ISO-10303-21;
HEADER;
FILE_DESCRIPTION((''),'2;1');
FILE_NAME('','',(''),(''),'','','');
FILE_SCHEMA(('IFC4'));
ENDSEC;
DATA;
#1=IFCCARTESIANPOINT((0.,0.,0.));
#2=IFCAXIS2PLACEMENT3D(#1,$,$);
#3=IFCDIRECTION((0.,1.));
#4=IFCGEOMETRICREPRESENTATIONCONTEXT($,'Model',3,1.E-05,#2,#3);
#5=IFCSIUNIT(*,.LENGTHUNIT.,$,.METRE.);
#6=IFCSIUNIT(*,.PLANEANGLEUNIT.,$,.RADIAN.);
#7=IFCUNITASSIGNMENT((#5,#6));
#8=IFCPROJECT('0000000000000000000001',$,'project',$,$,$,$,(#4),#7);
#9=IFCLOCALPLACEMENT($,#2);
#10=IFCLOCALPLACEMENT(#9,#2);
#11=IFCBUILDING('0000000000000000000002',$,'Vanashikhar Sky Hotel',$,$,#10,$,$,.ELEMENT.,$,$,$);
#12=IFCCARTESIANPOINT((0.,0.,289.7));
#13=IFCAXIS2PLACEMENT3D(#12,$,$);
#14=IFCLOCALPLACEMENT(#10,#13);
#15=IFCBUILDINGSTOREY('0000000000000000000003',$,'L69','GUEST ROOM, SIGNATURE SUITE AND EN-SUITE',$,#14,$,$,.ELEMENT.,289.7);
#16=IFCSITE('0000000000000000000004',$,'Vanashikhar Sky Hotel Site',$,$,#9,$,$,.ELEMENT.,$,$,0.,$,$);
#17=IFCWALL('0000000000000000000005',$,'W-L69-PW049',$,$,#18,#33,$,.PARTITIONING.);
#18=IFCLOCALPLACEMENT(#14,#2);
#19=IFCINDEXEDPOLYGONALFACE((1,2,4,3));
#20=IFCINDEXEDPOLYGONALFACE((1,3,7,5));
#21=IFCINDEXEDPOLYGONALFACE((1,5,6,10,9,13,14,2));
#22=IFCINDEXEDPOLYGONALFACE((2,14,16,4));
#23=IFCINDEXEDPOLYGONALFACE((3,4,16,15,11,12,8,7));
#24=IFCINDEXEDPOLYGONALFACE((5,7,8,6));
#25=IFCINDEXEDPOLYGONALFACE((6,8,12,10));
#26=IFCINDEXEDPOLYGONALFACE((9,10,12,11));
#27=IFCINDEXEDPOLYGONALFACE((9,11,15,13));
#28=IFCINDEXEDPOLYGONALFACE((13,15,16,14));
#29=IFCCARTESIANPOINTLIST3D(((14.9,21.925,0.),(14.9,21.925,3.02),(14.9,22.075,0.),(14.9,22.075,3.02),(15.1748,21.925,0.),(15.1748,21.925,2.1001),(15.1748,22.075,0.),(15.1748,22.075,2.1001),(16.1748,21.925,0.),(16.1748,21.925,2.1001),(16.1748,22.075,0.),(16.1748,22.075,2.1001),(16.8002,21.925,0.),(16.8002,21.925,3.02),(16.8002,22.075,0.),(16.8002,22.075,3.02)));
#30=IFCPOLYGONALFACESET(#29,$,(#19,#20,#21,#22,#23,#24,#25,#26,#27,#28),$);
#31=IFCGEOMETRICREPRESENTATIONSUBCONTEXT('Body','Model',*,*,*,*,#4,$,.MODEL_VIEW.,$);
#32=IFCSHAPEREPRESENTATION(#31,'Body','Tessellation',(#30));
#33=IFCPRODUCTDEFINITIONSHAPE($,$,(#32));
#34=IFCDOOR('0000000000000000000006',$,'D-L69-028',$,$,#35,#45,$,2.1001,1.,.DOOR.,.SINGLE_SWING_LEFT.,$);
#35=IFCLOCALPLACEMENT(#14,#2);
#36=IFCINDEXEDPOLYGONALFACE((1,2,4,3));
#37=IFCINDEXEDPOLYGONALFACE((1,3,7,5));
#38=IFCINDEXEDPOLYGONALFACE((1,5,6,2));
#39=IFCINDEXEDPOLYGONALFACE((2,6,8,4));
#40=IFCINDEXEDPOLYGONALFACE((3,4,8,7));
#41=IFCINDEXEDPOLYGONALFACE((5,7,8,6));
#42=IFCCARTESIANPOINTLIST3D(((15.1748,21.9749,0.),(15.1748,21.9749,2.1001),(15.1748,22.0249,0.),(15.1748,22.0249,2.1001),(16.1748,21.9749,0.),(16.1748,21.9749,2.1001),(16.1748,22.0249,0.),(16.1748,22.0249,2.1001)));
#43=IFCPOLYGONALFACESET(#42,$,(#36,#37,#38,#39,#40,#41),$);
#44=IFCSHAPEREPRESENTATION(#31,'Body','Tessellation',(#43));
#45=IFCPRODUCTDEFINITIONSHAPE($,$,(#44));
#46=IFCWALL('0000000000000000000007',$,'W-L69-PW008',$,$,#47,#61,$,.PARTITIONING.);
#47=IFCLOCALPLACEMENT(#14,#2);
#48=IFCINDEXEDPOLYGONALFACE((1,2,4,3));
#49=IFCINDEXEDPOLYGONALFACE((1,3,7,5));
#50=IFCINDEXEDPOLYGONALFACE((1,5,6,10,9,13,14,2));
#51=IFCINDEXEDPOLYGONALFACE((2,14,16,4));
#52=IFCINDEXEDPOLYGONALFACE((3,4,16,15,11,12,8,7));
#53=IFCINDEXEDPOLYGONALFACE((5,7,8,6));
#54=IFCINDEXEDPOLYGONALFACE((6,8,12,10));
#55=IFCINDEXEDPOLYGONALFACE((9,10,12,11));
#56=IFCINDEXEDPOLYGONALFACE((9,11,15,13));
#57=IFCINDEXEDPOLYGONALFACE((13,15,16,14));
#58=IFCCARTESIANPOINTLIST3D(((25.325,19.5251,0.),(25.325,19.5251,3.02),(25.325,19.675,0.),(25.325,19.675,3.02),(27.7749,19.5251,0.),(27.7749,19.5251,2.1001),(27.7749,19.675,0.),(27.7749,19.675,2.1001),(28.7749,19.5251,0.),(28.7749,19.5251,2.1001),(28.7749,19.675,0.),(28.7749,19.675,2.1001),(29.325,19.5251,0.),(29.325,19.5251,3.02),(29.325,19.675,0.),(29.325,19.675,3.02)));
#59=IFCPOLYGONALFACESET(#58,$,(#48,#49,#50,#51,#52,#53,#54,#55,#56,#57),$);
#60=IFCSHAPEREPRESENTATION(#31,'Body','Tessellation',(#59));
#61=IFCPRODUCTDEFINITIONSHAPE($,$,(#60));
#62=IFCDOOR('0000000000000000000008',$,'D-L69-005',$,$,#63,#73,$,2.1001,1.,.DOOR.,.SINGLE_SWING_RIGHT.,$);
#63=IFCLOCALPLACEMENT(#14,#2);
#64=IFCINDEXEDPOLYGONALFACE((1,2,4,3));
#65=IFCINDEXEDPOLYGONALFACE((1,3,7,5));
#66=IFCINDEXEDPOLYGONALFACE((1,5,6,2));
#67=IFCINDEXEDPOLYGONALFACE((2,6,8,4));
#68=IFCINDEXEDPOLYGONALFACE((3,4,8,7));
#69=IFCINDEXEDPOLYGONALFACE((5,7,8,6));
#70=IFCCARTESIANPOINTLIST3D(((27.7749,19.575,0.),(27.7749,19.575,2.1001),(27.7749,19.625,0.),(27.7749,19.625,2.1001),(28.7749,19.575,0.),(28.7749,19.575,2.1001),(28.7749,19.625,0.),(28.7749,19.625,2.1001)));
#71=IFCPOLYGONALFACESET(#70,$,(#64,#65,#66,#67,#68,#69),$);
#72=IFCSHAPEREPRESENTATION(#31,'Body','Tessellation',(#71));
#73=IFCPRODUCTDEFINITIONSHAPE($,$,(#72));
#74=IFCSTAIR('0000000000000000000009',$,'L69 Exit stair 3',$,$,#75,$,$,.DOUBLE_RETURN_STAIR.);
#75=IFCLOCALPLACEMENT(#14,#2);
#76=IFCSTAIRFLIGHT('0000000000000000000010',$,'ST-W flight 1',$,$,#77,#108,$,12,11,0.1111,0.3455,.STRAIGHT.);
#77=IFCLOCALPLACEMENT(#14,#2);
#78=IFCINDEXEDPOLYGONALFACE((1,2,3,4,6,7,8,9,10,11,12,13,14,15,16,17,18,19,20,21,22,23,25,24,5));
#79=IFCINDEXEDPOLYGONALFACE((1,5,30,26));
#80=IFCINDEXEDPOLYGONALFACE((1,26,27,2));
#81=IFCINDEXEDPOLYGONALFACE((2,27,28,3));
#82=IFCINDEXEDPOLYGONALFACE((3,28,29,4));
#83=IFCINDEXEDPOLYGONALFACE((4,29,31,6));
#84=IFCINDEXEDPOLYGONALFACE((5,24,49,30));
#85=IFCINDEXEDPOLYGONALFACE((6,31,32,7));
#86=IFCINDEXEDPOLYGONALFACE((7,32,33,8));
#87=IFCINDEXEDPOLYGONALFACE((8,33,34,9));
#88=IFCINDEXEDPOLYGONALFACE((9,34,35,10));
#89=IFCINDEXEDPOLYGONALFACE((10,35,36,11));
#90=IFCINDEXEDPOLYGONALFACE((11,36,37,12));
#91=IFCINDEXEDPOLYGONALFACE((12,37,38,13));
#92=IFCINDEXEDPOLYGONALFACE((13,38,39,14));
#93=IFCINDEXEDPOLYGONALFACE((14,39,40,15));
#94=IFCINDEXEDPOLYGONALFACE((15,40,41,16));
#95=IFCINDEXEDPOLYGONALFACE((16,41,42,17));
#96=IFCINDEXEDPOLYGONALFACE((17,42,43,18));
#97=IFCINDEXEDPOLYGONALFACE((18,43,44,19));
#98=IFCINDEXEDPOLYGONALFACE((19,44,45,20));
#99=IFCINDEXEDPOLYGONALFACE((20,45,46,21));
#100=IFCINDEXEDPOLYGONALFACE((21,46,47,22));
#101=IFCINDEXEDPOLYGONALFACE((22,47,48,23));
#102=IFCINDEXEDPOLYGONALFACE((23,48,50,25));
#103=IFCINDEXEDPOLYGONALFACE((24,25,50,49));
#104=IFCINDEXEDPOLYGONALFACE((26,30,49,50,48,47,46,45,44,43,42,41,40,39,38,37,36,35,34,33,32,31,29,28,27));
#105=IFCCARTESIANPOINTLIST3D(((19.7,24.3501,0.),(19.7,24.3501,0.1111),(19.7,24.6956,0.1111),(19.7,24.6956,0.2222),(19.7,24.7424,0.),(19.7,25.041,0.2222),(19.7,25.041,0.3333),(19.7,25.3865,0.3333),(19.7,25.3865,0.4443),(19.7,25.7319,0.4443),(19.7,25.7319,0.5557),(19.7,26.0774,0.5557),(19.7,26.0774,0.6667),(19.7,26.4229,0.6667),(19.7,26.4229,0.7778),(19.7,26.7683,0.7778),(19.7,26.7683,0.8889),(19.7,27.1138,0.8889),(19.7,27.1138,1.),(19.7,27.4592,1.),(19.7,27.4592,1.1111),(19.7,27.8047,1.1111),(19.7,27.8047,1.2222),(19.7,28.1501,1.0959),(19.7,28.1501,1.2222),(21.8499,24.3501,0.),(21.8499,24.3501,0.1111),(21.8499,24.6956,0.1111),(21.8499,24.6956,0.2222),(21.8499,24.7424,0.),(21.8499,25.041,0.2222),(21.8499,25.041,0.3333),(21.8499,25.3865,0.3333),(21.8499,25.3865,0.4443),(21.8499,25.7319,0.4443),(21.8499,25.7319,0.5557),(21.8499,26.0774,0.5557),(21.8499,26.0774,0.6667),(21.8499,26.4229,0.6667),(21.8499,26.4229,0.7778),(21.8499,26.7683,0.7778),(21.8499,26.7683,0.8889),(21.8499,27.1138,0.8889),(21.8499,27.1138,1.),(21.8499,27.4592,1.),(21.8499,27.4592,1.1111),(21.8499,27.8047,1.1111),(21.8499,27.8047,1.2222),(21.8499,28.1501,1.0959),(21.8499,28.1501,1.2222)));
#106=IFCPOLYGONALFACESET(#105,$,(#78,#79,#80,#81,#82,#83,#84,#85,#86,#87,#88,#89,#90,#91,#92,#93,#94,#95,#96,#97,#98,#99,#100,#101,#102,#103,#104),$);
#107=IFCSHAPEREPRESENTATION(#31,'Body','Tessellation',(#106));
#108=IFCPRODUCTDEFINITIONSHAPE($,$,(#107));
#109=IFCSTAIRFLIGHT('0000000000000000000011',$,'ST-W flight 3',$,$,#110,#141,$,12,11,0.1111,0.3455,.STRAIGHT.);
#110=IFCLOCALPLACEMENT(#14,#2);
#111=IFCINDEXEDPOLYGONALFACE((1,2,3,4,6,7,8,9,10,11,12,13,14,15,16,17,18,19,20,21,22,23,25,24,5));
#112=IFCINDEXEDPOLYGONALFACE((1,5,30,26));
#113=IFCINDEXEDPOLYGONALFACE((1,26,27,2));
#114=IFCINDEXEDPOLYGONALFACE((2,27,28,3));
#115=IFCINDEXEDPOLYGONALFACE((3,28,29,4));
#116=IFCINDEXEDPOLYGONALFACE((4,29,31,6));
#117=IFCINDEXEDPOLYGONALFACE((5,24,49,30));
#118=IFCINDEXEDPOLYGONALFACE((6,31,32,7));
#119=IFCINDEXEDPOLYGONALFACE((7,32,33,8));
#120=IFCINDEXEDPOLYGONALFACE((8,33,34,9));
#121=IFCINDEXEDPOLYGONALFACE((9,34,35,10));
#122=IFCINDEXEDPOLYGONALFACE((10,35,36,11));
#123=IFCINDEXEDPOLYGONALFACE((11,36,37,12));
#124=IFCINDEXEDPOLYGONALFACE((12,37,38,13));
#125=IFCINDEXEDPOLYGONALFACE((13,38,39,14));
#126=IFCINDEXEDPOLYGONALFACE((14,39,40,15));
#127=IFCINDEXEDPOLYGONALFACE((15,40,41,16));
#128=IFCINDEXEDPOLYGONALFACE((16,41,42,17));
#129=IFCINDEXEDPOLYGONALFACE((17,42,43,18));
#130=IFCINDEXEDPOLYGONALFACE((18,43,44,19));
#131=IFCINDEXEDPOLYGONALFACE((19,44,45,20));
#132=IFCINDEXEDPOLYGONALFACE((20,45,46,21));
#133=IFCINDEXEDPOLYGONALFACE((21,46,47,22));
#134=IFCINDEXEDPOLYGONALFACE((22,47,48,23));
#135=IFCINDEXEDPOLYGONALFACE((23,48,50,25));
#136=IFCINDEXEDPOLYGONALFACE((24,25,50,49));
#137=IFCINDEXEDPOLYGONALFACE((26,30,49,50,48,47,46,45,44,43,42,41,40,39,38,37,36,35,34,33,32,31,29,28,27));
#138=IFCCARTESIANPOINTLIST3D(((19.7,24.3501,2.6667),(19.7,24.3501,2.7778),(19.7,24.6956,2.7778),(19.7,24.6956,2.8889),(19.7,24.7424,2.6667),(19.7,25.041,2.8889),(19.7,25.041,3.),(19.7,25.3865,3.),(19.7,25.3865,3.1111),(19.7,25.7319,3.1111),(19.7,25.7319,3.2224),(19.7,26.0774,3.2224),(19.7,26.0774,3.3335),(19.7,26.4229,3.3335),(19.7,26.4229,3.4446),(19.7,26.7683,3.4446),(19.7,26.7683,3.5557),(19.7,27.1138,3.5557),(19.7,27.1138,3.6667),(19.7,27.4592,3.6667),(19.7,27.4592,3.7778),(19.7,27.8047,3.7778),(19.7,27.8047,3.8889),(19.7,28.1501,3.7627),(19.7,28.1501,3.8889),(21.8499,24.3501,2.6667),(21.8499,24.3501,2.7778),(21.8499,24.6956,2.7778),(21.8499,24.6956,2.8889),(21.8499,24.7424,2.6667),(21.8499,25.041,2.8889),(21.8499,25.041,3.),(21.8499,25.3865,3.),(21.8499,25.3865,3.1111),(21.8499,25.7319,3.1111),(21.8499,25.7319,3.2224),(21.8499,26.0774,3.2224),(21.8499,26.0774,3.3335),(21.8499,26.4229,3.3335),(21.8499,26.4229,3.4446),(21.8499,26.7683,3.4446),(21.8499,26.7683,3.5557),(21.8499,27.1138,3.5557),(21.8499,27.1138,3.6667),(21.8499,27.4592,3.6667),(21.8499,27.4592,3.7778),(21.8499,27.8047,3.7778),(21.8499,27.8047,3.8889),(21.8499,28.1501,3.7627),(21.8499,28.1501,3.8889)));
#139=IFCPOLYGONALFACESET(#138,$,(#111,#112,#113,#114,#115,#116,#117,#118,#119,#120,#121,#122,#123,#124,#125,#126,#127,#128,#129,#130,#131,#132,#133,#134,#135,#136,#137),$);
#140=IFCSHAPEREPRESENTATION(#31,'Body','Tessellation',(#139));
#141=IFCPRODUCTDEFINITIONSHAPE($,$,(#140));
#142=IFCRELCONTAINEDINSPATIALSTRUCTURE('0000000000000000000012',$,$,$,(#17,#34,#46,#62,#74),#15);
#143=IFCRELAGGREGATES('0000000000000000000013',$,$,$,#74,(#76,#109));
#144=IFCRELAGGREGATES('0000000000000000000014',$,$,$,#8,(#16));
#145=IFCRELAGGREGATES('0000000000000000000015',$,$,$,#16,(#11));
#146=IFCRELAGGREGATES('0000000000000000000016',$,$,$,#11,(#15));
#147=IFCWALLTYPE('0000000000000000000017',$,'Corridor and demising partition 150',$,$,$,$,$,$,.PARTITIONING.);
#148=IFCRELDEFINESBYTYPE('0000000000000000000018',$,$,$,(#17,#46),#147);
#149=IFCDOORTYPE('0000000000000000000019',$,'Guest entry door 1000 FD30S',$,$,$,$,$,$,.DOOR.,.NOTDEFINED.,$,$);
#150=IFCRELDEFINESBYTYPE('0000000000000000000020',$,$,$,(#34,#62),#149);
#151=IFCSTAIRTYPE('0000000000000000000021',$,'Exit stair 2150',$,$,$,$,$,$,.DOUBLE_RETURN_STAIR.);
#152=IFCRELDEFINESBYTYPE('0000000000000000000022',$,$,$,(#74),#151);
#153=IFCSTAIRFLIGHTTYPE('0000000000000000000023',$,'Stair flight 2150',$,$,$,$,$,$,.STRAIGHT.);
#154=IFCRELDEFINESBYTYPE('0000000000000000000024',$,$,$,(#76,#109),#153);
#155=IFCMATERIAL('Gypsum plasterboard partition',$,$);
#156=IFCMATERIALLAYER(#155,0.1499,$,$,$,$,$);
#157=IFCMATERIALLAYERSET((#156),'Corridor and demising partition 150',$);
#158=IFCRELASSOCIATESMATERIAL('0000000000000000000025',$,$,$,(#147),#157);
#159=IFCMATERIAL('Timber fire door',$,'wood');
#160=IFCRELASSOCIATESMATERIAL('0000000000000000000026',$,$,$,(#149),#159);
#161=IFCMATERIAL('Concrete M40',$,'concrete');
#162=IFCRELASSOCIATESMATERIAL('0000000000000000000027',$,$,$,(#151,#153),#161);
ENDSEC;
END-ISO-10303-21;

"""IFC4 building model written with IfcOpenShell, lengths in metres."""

from ifc_helpers import new_model, si_unit, direction, frame, frame_2d, origin, place, context, subcontext, project, spatial, polyline, rectangle, outline, extrude, source, transform, mapped, material, layer, layer_set, type_object, element, fill, aggregate, save


model = new_model("IFC4")

# Units and contexts
model_context = context("Model", 3, precision=1e-05, world=origin(), true_north=direction((0.0, 1.0)))
body_context = subcontext(model_context, "Body", "Model", "MODEL_VIEW")
ifc_project = project(units=[si_unit("LENGTHUNIT", "METRE"), si_unit("PLANEANGLEUNIT", "RADIAN")], contexts=[model_context])

# Site, building, storey
site_placement = place(None, origin())
site = spatial("IfcSite", under=ifc_project, at=site_placement, Name="Vanashikhar Sky Hotel Site", CompositionType="ELEMENT", RefElevation=0.0)
building_placement = place(site_placement, origin())
building = spatial("IfcBuilding", under=site, at=building_placement, Name="Vanashikhar Sky Hotel", CompositionType="ELEMENT")
storey_placement = place(building_placement, frame((0.0, 0.0, 289.7)))
storey = spatial("IfcBuildingStorey", under=building, at=storey_placement, Name="L69", Description="GUEST ROOM, SIGNATURE SUITE AND EN-SUITE", CompositionType="ELEMENT", Elevation=289.7)

# Walls, openings, doors
ifc_material_1 = material(Name="Gypsum plasterboard partition")
ifc_layer_1 = layer(ifc_material_1, 0.1499)
ifc_layer_set_1 = layer_set([ifc_layer_1], Name="Corridor and demising partition 150")
wall_type_1 = type_object("IfcWallType", Name="Corridor and demising partition 150", PredefinedType="PARTITIONING", material=ifc_layer_set_1)
shared_shape_1 = source(origin(), body_context, "Body", "SweptSolid", [
    extrude(rectangle(XDim=1.0, YDim=2.1001, at=frame_2d((0.5, 1.05))), frame((0.0, 0.085, 0.0), z_axis=(0.0, -1.0, 0.0), x_axis=(1.0, 0.0, 0.0)), (0.0, 0.0, 1.0), 0.1699),
])
ifc_material_2 = material(Name="Timber fire door", Category="wood")
door_type_1 = type_object("IfcDoorType", Name="Guest entry door 1000 FD30S", OperationType="NOTDEFINED", PredefinedType="DOOR", material=ifc_material_2)
shared_shape_2 = source(origin(), body_context, "Body", "SweptSolid", [
    extrude(rectangle(XDim=1.0, YDim=2.1001, at=frame_2d((0.5, 1.05))), frame((0.0, 0.0249, 0.0), z_axis=(0.0, -1.0, 0.0), x_axis=(1.0, 0.0, 0.0)), (0.0, 0.0, 1.0), 0.05),
])
shared_shape_3 = source(origin(), body_context, "Body", "SweptSolid", [
    extrude(rectangle(XDim=1.9001, YDim=0.1499, at=frame_2d((0.9502, 0.0))), origin(), (0.0, 0.0, 1.0), 3.02),
])
wall_1_placement = place(storey_placement, frame((14.8999, 22.0, 0.0), z_axis=(0.0, 0.0, 1.0), x_axis=(1.0, 0.0, 0.0)))
wall_1 = element("IfcWall", 1, at=wall_1_placement, inside=storey, type_object=wall_type_1, Name="W-L69-PW049", PredefinedType="PARTITIONING", context=body_context, shape_type="MappedRepresentation", body=[
    mapped(shared_shape_3, transform((0.0, 0.0, 0.0), scale=1.0)),
])
opening_1_placement = place(wall_1_placement, frame((0.2749, 0.0, 0.0)))
opening_1 = element("IfcOpeningElement", 2, at=opening_1_placement, cuts=wall_1, PredefinedType="OPENING", context=body_context, shape_type="MappedRepresentation", body=[
    mapped(shared_shape_1, transform((0.0, 0.0, 0.0), scale=1.0)),
])
door_1_placement = place(opening_1_placement, origin())
door_1 = element("IfcDoor", 3, at=door_1_placement, inside=storey, type_object=door_type_1, Name="D-L69-028", OperationType="SINGLE_SWING_LEFT", OverallHeight=2.1001, OverallWidth=1.0, PredefinedType="DOOR", context=body_context, shape_type="MappedRepresentation", body=[
    mapped(shared_shape_2, transform((0.0, 0.0, 0.0), scale=1.0)),
])
fill(opening_1, door_1)
shared_shape_4 = source(origin(), body_context, "Body", "SweptSolid", [
    extrude(rectangle(XDim=4.0, YDim=0.1499, at=frame_2d((2.0, 0.0))), origin(), (0.0, 0.0, 1.0), 3.02),
])
wall_2_placement = place(storey_placement, frame((25.325, 19.6001, 0.0), z_axis=(0.0, 0.0, 1.0), x_axis=(1.0, 0.0, 0.0)))
wall_2 = element("IfcWall", 4, at=wall_2_placement, inside=storey, type_object=wall_type_1, Name="W-L69-PW008", PredefinedType="PARTITIONING", context=body_context, shape_type="MappedRepresentation", body=[
    mapped(shared_shape_4, transform((0.0, 0.0, 0.0), scale=1.0)),
])
opening_2_placement = place(wall_2_placement, frame((2.45, 0.0, 0.0)))
opening_2 = element("IfcOpeningElement", 5, at=opening_2_placement, cuts=wall_2, PredefinedType="OPENING", context=body_context, shape_type="MappedRepresentation", body=[
    mapped(shared_shape_1, transform((0.0, 0.0, 0.0), scale=1.0)),
])
door_2_placement = place(opening_2_placement, origin())
door_2 = element("IfcDoor", 6, at=door_2_placement, inside=storey, type_object=door_type_1, Name="D-L69-005", OperationType="SINGLE_SWING_RIGHT", OverallHeight=2.1001, OverallWidth=1.0, PredefinedType="DOOR", context=body_context, shape_type="MappedRepresentation", body=[
    mapped(shared_shape_2, transform((0.0, 0.0, 0.0), scale=1.0)),
])
fill(opening_2, door_2)

# Stair, stair flights
ifc_material_3 = material(Name="Concrete M40", Category="concrete")
stair_type = type_object("IfcStairType", Name="Exit stair 2150", PredefinedType="DOUBLE_RETURN_STAIR", material=ifc_material_3)
stair_placement = place(storey_placement, origin())
stair = element("IfcStair", 7, at=stair_placement, inside=storey, type_object=stair_type, Name="L69 Exit stair 3", PredefinedType="DOUBLE_RETURN_STAIR")
stair_flight_type = type_object("IfcStairFlightType", Name="Stair flight 2150", PredefinedType="STRAIGHT", material=ifc_material_3)
shared_shape_5 = source(origin(), body_context, "Body", "SweptSolid", [
    extrude(outline(polyline([(0.0, 0.0), (0.0, 0.1111), (0.3455, 0.1111), (0.3455, 0.2222), (0.6909, 0.2222), (0.6909, 0.3333), (1.0364, 0.3333), (1.0364, 0.4443), (1.3818, 0.4443), (1.3818, 0.5557), (1.7273, 0.5557), (1.7273, 0.6667), (2.0728, 0.6667), (2.0728, 0.7778), (2.4182, 0.7778), (2.4182, 0.8889), (2.7637, 0.8889), (2.7637, 1.0), (3.1091, 1.0), (3.1091, 1.1111), (3.4546, 1.1111), (3.4546, 1.2222), (3.8, 1.2222), (3.8, 1.3333), (3.8, 1.0959), (0.3923, 0.0), (0.0, 0.0)])), frame((0.0, 1.075, 0.0), z_axis=(0.0, -1.0, 0.0), x_axis=(1.0, 0.0, 0.0)), (0.0, 0.0, 1.0), 2.1499),
])
stair_flight_1_placement = place(storey_placement, frame((20.7749, 24.3501, 0.0), z_axis=(0.0, 0.0, 1.0), x_axis=(0.0, 1.0, 0.0)))
stair_flight_1 = element("IfcStairFlight", 8, at=stair_flight_1_placement, type_object=stair_flight_type, Name="ST-W flight 1", NumberOfRisers=12, NumberOfTreads=11, PredefinedType="STRAIGHT", RiserHeight=0.1111, TreadLength=0.3455, context=body_context, shape_type="MappedRepresentation", body=[
    mapped(shared_shape_5, transform((0.0, 0.0, 0.0), scale=1.0)),
])
stair_flight_2_placement = place(storey_placement, frame((20.7749, 24.3501, 2.6667), z_axis=(0.0, 0.0, 1.0), x_axis=(0.0, 1.0, 0.0)))
stair_flight_2 = element("IfcStairFlight", 9, at=stair_flight_2_placement, type_object=stair_flight_type, Name="ST-W flight 3", NumberOfRisers=12, NumberOfTreads=11, PredefinedType="STRAIGHT", RiserHeight=0.1111, TreadLength=0.3455, context=body_context, shape_type="MappedRepresentation", body=[
    mapped(shared_shape_5, transform((0.0, 0.0, 0.0), scale=1.0)),
])
aggregate(stair, [stair_flight_1, stair_flight_2])

save(model, "model.ifc")
